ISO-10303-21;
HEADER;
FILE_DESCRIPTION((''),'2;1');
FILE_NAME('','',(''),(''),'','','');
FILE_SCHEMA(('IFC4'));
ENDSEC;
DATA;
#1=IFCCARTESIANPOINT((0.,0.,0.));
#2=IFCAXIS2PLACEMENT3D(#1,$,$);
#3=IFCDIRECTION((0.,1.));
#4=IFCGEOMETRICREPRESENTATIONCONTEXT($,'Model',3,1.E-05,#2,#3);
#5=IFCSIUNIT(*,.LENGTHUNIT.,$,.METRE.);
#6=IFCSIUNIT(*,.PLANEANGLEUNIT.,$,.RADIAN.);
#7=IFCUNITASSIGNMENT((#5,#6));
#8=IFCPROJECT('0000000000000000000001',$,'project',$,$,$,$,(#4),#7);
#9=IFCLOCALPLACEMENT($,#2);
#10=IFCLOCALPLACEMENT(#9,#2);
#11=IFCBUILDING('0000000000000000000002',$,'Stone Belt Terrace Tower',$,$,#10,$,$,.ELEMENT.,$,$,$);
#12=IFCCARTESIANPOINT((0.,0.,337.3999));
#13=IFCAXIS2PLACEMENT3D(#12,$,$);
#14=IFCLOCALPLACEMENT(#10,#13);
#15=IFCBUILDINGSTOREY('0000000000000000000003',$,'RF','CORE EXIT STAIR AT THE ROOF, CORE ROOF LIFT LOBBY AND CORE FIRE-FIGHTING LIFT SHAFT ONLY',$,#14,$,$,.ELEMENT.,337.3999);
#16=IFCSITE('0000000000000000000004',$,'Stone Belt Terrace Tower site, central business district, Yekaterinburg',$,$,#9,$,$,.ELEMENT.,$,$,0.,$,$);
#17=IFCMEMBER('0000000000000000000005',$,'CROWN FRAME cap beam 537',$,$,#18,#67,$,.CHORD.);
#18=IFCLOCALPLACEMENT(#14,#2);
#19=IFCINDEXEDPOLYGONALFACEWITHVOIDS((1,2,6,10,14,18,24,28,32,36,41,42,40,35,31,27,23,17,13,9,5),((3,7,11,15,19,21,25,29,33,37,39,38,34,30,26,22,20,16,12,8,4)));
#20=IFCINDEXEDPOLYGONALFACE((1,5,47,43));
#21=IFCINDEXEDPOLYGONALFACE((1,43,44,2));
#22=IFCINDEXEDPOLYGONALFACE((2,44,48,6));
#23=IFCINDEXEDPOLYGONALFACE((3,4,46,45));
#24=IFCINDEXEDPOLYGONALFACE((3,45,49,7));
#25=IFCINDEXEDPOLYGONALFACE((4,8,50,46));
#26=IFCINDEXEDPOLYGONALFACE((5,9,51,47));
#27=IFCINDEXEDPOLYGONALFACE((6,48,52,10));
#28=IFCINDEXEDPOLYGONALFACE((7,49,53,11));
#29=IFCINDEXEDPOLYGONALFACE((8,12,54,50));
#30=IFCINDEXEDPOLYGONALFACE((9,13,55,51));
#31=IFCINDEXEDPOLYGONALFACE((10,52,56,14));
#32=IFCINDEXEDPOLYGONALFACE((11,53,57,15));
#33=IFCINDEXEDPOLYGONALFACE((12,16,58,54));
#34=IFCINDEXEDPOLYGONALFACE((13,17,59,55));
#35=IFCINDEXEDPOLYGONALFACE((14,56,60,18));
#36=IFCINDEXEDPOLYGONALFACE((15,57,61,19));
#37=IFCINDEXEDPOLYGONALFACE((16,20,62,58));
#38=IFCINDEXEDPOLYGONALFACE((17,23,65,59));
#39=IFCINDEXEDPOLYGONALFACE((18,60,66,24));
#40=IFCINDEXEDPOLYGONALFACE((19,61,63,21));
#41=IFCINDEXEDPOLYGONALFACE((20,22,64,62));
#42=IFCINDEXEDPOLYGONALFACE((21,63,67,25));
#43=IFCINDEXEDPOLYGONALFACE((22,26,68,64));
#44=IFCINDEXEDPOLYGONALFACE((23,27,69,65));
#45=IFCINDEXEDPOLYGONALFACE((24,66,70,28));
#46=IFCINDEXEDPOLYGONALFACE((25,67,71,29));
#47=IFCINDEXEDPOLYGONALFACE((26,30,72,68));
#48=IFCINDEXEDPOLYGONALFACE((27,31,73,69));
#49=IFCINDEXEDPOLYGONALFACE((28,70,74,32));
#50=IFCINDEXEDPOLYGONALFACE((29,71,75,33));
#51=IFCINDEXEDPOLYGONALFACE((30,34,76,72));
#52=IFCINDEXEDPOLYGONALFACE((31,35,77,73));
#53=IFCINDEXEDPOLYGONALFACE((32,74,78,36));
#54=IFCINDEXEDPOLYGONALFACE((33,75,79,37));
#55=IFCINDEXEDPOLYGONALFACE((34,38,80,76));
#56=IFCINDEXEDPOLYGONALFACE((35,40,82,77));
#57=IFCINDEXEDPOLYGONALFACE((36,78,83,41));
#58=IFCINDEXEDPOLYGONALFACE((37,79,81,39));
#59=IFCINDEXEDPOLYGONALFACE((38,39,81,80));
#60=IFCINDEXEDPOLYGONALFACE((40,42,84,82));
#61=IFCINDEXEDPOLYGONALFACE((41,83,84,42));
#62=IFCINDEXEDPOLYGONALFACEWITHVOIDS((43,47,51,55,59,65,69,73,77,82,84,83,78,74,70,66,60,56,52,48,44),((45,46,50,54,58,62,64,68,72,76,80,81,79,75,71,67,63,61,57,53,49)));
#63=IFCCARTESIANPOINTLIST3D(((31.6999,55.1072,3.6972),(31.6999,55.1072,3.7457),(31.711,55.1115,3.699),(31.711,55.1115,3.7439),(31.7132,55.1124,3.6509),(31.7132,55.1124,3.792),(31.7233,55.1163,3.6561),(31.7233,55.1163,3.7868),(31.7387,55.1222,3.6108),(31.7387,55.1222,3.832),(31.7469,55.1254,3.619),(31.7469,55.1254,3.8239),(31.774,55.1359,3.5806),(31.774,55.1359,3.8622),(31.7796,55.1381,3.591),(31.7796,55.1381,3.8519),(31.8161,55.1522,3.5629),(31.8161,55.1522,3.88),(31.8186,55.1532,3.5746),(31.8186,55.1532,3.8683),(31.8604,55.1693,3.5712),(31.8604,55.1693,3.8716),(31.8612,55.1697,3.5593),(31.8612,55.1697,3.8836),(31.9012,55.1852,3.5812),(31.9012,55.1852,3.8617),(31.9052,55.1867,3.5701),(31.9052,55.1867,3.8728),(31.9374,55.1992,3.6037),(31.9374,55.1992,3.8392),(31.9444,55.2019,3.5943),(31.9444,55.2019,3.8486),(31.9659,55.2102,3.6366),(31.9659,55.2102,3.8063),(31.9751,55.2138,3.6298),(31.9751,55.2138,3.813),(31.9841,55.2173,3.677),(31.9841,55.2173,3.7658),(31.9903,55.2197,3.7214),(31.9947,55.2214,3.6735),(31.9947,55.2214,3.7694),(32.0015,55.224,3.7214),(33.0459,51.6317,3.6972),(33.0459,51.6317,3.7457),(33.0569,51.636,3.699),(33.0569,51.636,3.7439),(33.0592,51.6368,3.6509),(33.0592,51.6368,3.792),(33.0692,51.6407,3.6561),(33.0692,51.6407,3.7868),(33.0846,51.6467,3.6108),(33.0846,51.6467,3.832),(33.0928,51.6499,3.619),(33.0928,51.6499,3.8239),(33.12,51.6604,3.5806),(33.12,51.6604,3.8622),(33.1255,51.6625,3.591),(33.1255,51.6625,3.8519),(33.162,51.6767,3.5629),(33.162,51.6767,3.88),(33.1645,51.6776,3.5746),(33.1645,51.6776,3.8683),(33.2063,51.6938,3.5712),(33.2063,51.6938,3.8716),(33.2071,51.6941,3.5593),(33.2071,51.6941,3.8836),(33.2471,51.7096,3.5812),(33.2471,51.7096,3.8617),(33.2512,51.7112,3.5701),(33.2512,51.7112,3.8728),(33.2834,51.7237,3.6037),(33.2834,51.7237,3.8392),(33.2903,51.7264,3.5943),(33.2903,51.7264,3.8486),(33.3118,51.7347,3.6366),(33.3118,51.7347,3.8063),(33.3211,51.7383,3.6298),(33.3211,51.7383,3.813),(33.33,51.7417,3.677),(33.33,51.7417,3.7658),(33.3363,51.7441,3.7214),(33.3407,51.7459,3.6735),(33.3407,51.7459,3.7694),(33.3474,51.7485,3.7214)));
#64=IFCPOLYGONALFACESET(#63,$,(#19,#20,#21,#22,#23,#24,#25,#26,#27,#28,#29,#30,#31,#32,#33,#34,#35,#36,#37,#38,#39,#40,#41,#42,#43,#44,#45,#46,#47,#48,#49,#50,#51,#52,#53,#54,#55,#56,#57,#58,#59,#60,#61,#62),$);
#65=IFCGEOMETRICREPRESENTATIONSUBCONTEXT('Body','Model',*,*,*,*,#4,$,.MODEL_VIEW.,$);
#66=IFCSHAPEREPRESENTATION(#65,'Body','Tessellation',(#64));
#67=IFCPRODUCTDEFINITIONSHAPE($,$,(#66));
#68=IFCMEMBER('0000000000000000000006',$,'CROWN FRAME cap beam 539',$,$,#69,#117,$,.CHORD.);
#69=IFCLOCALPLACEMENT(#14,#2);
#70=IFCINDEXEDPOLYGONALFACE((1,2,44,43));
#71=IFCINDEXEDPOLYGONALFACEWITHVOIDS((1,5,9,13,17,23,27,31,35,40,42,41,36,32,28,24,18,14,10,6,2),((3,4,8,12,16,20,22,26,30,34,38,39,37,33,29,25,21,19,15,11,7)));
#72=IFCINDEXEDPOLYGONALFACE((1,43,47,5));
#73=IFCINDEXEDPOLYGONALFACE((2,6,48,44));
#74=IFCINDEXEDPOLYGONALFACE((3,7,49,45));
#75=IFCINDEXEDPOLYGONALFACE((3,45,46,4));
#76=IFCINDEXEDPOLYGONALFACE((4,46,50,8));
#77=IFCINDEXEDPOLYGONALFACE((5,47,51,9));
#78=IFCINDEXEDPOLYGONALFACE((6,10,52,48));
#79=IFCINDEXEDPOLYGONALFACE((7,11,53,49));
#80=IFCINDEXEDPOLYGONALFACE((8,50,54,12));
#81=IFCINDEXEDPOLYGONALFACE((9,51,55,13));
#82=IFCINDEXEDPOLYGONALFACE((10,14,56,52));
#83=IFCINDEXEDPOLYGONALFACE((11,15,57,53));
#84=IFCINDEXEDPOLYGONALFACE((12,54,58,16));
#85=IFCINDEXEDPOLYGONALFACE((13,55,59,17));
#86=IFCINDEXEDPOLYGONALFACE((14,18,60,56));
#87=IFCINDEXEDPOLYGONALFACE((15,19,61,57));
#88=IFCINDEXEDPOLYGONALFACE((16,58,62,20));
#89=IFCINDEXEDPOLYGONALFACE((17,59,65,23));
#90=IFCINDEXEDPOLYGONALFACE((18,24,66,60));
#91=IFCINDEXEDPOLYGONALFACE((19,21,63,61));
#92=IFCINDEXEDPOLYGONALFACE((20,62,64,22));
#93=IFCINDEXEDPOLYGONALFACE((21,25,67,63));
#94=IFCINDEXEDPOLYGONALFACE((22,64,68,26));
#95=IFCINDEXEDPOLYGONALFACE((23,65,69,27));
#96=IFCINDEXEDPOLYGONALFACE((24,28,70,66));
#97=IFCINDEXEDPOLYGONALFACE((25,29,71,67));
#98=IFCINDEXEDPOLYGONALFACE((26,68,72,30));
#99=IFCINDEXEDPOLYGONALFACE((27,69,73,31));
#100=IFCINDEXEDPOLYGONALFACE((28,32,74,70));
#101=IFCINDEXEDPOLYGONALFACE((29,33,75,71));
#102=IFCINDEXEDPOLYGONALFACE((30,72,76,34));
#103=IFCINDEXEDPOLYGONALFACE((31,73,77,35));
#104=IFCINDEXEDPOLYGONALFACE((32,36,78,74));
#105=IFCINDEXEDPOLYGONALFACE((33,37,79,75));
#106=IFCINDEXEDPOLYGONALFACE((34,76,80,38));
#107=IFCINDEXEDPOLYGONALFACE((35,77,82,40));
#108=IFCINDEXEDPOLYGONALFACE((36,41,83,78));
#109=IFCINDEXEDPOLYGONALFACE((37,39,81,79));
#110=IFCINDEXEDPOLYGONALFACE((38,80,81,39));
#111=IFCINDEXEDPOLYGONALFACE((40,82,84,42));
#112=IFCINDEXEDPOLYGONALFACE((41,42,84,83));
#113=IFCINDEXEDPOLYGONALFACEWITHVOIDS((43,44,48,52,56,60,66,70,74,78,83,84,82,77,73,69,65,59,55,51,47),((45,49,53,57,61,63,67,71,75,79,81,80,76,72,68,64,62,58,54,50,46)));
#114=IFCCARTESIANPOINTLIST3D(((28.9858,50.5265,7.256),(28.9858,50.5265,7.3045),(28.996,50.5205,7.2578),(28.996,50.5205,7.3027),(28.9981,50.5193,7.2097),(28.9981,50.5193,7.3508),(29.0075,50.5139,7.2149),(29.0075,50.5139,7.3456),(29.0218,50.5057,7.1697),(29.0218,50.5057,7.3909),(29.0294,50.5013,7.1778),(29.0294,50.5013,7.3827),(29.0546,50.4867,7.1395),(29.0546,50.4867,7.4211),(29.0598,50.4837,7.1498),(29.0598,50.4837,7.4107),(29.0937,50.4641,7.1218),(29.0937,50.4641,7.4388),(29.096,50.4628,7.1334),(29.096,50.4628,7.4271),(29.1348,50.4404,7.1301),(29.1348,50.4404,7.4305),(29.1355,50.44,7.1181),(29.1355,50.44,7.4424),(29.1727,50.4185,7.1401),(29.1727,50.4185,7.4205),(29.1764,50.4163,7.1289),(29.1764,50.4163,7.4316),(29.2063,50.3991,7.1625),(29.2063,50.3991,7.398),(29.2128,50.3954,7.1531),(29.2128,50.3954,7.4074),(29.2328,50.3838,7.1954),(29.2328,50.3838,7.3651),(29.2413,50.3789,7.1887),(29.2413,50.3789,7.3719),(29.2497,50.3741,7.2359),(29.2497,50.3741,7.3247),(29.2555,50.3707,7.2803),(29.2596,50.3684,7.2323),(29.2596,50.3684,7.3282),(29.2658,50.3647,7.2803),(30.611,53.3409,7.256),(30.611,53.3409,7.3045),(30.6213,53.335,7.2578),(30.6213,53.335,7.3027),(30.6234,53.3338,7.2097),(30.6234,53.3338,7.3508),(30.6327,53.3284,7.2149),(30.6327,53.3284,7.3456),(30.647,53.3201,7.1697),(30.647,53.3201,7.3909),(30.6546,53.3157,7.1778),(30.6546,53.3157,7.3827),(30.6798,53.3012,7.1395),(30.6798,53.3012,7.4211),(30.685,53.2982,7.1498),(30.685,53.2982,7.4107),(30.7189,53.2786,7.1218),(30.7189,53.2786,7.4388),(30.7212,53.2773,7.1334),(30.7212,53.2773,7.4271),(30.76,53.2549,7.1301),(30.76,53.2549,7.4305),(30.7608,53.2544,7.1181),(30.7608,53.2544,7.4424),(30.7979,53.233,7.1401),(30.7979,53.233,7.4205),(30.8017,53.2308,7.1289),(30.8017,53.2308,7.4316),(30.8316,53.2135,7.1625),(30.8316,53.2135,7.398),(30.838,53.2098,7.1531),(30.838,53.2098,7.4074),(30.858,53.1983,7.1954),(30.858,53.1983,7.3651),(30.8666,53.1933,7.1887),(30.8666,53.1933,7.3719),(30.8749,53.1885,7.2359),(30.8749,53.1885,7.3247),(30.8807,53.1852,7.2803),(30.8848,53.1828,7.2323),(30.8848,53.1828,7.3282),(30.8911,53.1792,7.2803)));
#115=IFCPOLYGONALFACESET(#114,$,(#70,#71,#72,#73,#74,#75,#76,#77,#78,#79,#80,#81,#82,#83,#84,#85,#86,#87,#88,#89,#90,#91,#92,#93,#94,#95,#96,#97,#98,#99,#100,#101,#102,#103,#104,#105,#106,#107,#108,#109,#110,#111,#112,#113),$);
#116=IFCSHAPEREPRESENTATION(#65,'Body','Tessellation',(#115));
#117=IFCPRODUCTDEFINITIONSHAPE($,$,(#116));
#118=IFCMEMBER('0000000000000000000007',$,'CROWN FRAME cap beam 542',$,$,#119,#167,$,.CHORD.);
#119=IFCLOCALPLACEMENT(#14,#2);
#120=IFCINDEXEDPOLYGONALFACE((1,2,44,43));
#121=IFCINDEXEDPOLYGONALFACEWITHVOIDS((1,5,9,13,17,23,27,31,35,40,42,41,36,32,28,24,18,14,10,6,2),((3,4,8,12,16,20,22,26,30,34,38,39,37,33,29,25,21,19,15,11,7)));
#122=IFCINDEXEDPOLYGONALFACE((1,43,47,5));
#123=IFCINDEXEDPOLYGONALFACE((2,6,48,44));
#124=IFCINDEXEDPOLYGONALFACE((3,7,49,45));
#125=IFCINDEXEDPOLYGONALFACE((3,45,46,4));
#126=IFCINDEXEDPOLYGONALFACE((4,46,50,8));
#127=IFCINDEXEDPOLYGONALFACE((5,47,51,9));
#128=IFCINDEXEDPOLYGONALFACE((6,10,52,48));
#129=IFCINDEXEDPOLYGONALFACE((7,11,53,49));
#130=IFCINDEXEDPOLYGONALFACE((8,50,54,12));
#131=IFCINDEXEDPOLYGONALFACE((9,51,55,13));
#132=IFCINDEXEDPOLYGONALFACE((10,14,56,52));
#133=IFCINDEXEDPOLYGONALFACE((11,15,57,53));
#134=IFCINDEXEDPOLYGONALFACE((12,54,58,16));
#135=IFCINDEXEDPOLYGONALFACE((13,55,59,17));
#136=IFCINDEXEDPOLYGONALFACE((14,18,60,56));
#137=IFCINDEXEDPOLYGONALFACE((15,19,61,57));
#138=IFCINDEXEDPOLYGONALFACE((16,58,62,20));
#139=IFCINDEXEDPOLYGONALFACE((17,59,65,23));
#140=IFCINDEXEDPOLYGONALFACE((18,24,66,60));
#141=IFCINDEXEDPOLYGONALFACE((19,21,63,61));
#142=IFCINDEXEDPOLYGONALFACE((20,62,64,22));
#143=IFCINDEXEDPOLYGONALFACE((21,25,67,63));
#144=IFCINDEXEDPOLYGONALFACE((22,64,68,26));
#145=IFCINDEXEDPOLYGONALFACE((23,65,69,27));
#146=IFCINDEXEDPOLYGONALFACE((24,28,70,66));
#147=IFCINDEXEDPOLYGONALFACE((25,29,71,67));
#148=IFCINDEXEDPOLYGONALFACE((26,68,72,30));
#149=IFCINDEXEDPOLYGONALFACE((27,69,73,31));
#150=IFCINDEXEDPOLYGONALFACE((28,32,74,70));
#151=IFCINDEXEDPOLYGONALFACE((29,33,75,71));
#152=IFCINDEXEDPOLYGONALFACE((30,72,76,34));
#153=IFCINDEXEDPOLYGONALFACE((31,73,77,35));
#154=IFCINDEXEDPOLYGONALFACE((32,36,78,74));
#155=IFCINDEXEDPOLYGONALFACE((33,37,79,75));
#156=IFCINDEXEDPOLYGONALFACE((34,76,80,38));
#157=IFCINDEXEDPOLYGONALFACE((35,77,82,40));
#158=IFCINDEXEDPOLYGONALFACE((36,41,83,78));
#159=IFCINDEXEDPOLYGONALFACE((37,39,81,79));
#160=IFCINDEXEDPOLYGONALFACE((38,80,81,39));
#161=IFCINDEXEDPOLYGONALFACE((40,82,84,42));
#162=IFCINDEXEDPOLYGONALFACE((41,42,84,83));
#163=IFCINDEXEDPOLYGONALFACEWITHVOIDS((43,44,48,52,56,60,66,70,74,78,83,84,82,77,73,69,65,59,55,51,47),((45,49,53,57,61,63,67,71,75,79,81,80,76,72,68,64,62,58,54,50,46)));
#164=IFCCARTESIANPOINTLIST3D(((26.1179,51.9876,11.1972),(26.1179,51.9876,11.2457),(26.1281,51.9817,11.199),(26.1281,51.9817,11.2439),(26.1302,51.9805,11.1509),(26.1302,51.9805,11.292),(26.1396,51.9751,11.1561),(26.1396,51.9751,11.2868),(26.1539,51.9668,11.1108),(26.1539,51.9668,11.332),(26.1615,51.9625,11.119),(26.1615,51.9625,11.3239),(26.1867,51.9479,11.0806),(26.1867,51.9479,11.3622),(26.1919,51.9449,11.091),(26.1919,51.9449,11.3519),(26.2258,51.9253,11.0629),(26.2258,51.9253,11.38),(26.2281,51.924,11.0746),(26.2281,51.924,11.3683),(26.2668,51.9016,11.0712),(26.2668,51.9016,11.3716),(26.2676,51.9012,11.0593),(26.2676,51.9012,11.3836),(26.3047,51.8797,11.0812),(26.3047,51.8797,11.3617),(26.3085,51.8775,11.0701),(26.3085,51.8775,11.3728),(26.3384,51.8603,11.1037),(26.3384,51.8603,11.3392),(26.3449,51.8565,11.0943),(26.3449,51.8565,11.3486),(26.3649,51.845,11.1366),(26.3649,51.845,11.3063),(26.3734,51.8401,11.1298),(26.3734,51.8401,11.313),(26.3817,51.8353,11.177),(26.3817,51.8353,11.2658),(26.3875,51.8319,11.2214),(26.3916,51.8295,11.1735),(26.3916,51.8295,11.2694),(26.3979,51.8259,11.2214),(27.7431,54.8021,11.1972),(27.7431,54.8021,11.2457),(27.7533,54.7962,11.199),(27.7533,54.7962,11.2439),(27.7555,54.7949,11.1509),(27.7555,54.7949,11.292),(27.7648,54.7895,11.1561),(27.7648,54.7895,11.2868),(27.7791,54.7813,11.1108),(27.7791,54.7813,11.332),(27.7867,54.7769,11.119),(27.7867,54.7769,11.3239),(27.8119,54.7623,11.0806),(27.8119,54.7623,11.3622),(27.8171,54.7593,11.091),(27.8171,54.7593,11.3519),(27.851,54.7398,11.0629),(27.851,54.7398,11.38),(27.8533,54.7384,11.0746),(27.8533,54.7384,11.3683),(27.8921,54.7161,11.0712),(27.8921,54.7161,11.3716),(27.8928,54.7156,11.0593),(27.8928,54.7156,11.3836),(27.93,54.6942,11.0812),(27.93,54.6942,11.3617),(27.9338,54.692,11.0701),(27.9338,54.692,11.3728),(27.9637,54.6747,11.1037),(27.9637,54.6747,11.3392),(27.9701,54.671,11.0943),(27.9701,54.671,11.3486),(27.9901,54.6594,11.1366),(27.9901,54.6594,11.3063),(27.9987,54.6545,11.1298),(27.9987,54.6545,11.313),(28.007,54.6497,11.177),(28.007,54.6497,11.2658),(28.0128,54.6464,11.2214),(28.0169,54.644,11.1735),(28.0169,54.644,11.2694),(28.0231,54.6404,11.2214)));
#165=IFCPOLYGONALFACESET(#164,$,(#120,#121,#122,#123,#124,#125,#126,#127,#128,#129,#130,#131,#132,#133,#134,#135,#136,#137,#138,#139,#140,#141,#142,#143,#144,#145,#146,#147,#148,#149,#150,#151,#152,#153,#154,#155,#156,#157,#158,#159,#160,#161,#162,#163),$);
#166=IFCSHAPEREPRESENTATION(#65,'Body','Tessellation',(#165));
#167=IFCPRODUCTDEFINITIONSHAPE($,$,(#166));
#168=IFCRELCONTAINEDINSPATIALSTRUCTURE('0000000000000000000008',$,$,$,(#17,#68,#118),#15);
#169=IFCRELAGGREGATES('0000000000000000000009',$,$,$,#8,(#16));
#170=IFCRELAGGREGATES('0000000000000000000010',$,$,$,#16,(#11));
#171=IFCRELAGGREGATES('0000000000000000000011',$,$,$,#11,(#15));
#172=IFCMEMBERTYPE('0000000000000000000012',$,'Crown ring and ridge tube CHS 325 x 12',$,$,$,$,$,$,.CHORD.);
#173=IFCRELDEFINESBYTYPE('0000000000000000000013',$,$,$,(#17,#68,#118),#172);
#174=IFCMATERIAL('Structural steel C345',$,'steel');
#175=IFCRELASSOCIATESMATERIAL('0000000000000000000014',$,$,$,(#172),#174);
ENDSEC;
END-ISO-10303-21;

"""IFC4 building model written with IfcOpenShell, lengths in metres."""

from ifc_helpers import new_model, si_unit, direction, frame, origin, origin_2d, place, context, subcontext, project, spatial, hollow_circle, extrude, material, material_profile, profile_set, type_object, element, save


model = new_model("IFC4")

# Units and contexts
model_context = context("Model", 3, precision=1e-05, world=origin(), true_north=direction((0.0, 1.0)))
body_context = subcontext(model_context, "Body", "Model", "MODEL_VIEW")
ifc_project = project(units=[si_unit("LENGTHUNIT", "METRE"), si_unit("PLANEANGLEUNIT", "RADIAN")], contexts=[model_context])

# Site, building, storey
site_placement = place(None, origin())
site = spatial("IfcSite", under=ifc_project, at=site_placement, Name="Stone Belt Terrace Tower site, central business district, Yekaterinburg", CompositionType="ELEMENT", RefElevation=0.0)
building_placement = place(site_placement, origin())
building = spatial("IfcBuilding", under=site, at=building_placement, Name="Stone Belt Terrace Tower", CompositionType="ELEMENT")
storey_placement = place(building_placement, frame((0.0, 0.0, 337.3999)))
storey = spatial("IfcBuildingStorey", under=building, at=storey_placement, Name="RF", Description="CORE EXIT STAIR AT THE ROOF, CORE ROOF LIFT LOBBY AND CORE FIRE-FIGHTING LIFT SHAFT ONLY", CompositionType="ELEMENT", Elevation=337.3999)

# Members
ifc_material_1 = material(Name="Structural steel C345", Category="steel")
ifc_material_profile_1 = material_profile(ifc_material_1, hollow_circle(Radius=0.1626, WallThickness=0.012, at=origin_2d()), Name="Structural steel C345 CHS 325x12")
ifc_profile_set_1 = profile_set([ifc_material_profile_1], Name="Structural steel C345")
member_type_1 = type_object("IfcMemberType", Name="Crown ring and ridge tube CHS 325 x 12", PredefinedType="CHORD", material=ifc_profile_set_1)
member_1_placement = place(storey_placement, frame((31.8499, 55.1653, 3.7214), z_axis=(0.361125, -0.932518, 0.0), x_axis=(0.932518, 0.361125, 0.0)))
element("IfcMember", 1, at=member_1_placement, inside=storey, type_object=member_type_1, Name="CROWN FRAME cap beam 537", PredefinedType="CHORD", context=body_context, shape_type="SweptSolid", body=[
    extrude(hollow_circle(Radius=0.1626, WallThickness=0.012, at=origin_2d()), origin(), (0.0, 0.0, 1.0), 3.7271),
])
for number, where, z_axis, x_axis, name in (
    (2, (30.7502, 53.2605, 7.2803), (-0.500074, -0.865983, 0.0), (0.865983, -0.500074, 0.0), "CROWN FRAME cap beam 539"),
    (3, (27.8823, 54.7217, 11.2214), (-0.500074, -0.865983, 0.0), (0.865983, -0.500074, 0.0), "CROWN FRAME cap beam 542"),
):
    element("IfcMember", number, at=place(storey_placement, frame(where, z_axis=z_axis, x_axis=x_axis)), inside=storey, type_object=member_type_1, Name=name, PredefinedType="CHORD", context=body_context, shape_type="SweptSolid", body=[
        extrude(hollow_circle(Radius=0.1626, WallThickness=0.012, at=origin_2d()), origin(), (0.0, 0.0, 1.0), 3.25),
    ])

save(model, "model.ifc")
